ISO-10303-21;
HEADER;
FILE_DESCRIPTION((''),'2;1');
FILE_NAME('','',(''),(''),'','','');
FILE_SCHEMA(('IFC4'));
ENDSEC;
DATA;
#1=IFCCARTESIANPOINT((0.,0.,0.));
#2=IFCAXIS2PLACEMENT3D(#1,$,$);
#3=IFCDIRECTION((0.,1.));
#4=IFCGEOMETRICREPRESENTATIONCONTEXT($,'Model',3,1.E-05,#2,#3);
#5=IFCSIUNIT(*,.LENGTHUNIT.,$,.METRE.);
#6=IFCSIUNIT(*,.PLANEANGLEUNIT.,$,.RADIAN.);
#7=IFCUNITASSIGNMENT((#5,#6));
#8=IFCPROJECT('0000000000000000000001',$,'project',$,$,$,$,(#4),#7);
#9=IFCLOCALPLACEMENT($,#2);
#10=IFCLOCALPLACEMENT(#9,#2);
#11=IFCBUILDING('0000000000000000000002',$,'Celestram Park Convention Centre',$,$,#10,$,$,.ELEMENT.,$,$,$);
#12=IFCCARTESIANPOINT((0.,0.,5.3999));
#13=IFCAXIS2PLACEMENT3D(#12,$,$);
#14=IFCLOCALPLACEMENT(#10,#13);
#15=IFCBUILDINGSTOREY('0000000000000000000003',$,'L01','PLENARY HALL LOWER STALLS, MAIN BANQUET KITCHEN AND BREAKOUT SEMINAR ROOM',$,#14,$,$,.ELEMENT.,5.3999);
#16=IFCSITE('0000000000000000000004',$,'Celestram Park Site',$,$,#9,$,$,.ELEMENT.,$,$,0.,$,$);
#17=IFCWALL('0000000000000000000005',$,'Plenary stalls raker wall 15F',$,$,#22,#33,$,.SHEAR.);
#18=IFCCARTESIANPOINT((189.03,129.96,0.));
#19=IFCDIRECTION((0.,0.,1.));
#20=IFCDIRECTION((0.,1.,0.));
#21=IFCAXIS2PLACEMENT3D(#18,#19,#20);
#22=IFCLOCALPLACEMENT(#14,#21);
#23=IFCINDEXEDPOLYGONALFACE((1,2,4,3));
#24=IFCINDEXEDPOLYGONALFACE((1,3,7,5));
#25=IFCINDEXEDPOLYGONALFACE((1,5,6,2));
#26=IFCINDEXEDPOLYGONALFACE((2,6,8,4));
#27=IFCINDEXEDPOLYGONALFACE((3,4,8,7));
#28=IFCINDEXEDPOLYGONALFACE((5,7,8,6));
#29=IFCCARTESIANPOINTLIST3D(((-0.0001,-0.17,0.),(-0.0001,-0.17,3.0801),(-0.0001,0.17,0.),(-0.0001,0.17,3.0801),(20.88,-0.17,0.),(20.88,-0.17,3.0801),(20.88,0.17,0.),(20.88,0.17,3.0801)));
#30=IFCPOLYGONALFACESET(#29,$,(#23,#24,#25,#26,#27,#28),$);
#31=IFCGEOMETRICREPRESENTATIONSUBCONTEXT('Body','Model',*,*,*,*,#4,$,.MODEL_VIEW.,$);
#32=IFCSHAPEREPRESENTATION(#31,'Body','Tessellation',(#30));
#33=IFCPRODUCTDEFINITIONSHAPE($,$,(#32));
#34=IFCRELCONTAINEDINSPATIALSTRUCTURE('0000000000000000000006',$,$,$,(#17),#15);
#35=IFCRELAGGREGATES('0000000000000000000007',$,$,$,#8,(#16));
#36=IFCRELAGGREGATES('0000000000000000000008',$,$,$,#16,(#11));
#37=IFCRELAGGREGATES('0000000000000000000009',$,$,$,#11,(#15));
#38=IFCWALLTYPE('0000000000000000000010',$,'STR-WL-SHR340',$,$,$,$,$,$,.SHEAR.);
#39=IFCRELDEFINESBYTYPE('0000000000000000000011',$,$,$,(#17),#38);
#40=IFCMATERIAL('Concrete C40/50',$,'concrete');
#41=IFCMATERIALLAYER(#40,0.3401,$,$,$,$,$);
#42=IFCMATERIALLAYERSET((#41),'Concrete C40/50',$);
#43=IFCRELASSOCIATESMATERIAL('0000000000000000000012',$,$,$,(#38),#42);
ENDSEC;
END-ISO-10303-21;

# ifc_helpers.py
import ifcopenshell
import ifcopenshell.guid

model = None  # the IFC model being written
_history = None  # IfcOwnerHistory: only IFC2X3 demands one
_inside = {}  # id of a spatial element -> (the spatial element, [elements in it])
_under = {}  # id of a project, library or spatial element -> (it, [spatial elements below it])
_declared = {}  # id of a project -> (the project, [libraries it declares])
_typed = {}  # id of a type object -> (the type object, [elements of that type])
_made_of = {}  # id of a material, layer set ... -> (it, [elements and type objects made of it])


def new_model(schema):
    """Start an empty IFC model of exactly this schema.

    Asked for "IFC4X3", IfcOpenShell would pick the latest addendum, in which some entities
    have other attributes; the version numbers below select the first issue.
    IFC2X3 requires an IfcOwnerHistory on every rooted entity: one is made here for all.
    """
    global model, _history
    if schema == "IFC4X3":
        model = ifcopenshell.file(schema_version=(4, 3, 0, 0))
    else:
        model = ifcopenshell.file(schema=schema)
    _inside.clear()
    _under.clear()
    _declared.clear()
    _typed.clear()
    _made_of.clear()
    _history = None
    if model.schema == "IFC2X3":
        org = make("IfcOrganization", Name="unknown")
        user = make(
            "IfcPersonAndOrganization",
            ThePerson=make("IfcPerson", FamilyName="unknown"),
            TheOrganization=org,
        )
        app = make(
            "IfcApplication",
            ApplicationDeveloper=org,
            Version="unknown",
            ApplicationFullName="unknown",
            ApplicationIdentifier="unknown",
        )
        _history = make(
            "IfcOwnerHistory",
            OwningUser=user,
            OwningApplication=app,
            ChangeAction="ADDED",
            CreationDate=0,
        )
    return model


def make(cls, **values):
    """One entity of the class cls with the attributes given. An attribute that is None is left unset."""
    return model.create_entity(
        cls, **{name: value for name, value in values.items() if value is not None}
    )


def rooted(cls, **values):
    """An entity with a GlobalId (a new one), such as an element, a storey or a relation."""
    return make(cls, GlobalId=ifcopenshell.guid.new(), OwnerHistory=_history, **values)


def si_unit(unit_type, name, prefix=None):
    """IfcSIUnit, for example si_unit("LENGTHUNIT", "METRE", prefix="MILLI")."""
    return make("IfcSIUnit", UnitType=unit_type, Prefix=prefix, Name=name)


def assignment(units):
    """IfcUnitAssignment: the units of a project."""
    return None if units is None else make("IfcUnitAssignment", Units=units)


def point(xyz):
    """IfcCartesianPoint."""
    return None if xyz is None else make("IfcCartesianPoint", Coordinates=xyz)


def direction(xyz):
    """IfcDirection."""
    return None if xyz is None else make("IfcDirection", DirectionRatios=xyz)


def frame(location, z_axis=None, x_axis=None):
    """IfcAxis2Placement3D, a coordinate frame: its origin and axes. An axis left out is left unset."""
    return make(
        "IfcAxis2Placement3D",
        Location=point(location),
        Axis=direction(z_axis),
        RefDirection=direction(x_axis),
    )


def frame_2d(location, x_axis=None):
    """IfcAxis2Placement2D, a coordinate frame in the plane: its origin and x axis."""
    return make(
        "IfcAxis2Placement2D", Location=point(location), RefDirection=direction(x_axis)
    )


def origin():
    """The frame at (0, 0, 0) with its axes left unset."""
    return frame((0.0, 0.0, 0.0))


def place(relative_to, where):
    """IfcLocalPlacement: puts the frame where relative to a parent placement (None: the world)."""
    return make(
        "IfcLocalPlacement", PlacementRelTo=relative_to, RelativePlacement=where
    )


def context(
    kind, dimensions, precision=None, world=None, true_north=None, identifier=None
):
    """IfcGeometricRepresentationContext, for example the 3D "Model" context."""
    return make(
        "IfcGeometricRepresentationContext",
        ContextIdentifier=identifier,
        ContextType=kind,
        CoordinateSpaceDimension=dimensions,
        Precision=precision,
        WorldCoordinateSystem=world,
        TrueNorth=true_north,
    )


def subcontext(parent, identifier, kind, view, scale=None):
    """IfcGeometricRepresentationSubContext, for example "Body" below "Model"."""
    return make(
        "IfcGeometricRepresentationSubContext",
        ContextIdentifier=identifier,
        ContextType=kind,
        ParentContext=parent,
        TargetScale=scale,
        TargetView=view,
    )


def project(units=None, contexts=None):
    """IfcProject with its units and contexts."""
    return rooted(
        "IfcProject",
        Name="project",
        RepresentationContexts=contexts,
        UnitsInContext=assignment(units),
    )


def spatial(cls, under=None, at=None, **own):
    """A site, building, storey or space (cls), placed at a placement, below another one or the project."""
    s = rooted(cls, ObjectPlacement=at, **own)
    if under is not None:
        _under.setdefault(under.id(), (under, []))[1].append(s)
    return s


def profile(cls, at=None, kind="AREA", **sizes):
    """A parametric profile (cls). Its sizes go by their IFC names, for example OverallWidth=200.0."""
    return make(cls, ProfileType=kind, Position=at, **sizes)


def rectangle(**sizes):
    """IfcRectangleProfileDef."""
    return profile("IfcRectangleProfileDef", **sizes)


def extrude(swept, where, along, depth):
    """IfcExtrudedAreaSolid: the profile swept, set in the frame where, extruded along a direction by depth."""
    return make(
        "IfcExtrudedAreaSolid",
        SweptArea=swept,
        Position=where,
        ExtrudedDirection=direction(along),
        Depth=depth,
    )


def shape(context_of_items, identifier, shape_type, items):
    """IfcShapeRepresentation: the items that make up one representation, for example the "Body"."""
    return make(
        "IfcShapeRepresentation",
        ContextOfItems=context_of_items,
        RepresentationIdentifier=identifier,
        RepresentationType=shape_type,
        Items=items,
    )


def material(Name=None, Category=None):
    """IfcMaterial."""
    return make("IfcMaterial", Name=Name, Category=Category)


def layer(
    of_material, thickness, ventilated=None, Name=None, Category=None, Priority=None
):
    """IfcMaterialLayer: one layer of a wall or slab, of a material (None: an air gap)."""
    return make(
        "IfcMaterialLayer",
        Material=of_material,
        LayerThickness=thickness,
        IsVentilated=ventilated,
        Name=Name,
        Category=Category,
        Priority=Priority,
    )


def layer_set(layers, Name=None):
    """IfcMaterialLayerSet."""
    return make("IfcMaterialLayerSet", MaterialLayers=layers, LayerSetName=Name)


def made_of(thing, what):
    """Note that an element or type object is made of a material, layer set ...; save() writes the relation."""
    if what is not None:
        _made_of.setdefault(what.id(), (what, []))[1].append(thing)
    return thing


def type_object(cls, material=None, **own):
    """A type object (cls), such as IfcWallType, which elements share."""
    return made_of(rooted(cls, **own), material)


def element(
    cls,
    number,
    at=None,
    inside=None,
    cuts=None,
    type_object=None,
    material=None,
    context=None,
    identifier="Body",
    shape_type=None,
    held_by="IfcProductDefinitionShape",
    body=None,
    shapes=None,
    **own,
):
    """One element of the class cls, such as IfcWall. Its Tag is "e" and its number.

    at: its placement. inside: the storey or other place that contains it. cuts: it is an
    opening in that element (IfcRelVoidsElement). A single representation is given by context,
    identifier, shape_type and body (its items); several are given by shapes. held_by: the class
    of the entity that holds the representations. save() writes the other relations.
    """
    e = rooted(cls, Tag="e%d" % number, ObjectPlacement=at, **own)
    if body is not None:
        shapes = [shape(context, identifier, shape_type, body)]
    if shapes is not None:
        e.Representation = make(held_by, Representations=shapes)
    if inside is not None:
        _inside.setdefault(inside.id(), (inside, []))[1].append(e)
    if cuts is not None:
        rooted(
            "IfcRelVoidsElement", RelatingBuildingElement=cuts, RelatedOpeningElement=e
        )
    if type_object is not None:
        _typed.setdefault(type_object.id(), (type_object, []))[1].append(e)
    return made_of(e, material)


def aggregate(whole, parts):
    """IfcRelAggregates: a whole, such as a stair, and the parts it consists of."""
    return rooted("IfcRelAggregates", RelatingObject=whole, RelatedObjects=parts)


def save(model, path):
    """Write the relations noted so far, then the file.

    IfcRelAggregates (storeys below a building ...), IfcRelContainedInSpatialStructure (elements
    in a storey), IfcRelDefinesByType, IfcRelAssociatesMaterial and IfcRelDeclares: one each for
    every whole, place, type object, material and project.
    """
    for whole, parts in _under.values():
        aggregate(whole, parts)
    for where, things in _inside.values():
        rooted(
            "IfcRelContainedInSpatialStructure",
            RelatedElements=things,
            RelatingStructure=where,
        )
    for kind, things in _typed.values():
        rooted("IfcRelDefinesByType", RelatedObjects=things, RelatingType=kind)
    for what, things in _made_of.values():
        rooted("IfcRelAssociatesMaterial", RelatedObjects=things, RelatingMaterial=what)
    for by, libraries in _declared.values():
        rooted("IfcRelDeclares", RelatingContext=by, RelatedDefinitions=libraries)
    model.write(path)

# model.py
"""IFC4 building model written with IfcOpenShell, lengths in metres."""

from ifc_helpers import new_model, si_unit, direction, frame, frame_2d, origin, place, context, subcontext, project, spatial, rectangle, extrude, material, layer, layer_set, type_object, element, save


model = new_model("IFC4")

# Units and contexts
model_context = context("Model", 3, precision=1e-05, world=origin(), true_north=direction((0.0, 1.0)))
body_context = subcontext(model_context, "Body", "Model", "MODEL_VIEW")
ifc_project = project(units=[si_unit("LENGTHUNIT", "METRE"), si_unit("PLANEANGLEUNIT", "RADIAN")], contexts=[model_context])

# Site, building, storey
site_placement = place(None, origin())
site = spatial("IfcSite", under=ifc_project, at=site_placement, Name="Celestram Park Site", CompositionType="ELEMENT", RefElevation=0.0)
building_placement = place(site_placement, origin())
building = spatial("IfcBuilding", under=site, at=building_placement, Name="Celestram Park Convention Centre", CompositionType="ELEMENT")
storey_placement = place(building_placement, frame((0.0, 0.0, 5.3999)))
storey = spatial("IfcBuildingStorey", under=building, at=storey_placement, Name="L01", Description="PLENARY HALL LOWER STALLS, MAIN BANQUET KITCHEN AND BREAKOUT SEMINAR ROOM", CompositionType="ELEMENT", Elevation=5.3999)

# Wall
ifc_material_1 = material(Name="Concrete C40/50", Category="concrete")
ifc_layer_1 = layer(ifc_material_1, 0.3401)
ifc_layer_set_1 = layer_set([ifc_layer_1], Name="Concrete C40/50")
wall_type_1 = type_object("IfcWallType", Name="STR-WL-SHR340", PredefinedType="SHEAR", material=ifc_layer_set_1)
wall_1_placement = place(storey_placement, frame((189.03, 129.96, 0.0), z_axis=(0.0, 0.0, 1.0), x_axis=(0.0, 1.0, 0.0)))
element("IfcWall", 1, at=wall_1_placement, inside=storey, type_object=wall_type_1, Name="Plenary stalls raker wall 15F", PredefinedType="SHEAR", context=body_context, shape_type="SweptSolid", body=[
    extrude(rectangle(XDim=20.8801, YDim=0.3401, at=frame_2d((10.4399, 0.0))), origin(), (0.0, 0.0, 1.0), 3.0801),
])

save(model, "model.ifc")
